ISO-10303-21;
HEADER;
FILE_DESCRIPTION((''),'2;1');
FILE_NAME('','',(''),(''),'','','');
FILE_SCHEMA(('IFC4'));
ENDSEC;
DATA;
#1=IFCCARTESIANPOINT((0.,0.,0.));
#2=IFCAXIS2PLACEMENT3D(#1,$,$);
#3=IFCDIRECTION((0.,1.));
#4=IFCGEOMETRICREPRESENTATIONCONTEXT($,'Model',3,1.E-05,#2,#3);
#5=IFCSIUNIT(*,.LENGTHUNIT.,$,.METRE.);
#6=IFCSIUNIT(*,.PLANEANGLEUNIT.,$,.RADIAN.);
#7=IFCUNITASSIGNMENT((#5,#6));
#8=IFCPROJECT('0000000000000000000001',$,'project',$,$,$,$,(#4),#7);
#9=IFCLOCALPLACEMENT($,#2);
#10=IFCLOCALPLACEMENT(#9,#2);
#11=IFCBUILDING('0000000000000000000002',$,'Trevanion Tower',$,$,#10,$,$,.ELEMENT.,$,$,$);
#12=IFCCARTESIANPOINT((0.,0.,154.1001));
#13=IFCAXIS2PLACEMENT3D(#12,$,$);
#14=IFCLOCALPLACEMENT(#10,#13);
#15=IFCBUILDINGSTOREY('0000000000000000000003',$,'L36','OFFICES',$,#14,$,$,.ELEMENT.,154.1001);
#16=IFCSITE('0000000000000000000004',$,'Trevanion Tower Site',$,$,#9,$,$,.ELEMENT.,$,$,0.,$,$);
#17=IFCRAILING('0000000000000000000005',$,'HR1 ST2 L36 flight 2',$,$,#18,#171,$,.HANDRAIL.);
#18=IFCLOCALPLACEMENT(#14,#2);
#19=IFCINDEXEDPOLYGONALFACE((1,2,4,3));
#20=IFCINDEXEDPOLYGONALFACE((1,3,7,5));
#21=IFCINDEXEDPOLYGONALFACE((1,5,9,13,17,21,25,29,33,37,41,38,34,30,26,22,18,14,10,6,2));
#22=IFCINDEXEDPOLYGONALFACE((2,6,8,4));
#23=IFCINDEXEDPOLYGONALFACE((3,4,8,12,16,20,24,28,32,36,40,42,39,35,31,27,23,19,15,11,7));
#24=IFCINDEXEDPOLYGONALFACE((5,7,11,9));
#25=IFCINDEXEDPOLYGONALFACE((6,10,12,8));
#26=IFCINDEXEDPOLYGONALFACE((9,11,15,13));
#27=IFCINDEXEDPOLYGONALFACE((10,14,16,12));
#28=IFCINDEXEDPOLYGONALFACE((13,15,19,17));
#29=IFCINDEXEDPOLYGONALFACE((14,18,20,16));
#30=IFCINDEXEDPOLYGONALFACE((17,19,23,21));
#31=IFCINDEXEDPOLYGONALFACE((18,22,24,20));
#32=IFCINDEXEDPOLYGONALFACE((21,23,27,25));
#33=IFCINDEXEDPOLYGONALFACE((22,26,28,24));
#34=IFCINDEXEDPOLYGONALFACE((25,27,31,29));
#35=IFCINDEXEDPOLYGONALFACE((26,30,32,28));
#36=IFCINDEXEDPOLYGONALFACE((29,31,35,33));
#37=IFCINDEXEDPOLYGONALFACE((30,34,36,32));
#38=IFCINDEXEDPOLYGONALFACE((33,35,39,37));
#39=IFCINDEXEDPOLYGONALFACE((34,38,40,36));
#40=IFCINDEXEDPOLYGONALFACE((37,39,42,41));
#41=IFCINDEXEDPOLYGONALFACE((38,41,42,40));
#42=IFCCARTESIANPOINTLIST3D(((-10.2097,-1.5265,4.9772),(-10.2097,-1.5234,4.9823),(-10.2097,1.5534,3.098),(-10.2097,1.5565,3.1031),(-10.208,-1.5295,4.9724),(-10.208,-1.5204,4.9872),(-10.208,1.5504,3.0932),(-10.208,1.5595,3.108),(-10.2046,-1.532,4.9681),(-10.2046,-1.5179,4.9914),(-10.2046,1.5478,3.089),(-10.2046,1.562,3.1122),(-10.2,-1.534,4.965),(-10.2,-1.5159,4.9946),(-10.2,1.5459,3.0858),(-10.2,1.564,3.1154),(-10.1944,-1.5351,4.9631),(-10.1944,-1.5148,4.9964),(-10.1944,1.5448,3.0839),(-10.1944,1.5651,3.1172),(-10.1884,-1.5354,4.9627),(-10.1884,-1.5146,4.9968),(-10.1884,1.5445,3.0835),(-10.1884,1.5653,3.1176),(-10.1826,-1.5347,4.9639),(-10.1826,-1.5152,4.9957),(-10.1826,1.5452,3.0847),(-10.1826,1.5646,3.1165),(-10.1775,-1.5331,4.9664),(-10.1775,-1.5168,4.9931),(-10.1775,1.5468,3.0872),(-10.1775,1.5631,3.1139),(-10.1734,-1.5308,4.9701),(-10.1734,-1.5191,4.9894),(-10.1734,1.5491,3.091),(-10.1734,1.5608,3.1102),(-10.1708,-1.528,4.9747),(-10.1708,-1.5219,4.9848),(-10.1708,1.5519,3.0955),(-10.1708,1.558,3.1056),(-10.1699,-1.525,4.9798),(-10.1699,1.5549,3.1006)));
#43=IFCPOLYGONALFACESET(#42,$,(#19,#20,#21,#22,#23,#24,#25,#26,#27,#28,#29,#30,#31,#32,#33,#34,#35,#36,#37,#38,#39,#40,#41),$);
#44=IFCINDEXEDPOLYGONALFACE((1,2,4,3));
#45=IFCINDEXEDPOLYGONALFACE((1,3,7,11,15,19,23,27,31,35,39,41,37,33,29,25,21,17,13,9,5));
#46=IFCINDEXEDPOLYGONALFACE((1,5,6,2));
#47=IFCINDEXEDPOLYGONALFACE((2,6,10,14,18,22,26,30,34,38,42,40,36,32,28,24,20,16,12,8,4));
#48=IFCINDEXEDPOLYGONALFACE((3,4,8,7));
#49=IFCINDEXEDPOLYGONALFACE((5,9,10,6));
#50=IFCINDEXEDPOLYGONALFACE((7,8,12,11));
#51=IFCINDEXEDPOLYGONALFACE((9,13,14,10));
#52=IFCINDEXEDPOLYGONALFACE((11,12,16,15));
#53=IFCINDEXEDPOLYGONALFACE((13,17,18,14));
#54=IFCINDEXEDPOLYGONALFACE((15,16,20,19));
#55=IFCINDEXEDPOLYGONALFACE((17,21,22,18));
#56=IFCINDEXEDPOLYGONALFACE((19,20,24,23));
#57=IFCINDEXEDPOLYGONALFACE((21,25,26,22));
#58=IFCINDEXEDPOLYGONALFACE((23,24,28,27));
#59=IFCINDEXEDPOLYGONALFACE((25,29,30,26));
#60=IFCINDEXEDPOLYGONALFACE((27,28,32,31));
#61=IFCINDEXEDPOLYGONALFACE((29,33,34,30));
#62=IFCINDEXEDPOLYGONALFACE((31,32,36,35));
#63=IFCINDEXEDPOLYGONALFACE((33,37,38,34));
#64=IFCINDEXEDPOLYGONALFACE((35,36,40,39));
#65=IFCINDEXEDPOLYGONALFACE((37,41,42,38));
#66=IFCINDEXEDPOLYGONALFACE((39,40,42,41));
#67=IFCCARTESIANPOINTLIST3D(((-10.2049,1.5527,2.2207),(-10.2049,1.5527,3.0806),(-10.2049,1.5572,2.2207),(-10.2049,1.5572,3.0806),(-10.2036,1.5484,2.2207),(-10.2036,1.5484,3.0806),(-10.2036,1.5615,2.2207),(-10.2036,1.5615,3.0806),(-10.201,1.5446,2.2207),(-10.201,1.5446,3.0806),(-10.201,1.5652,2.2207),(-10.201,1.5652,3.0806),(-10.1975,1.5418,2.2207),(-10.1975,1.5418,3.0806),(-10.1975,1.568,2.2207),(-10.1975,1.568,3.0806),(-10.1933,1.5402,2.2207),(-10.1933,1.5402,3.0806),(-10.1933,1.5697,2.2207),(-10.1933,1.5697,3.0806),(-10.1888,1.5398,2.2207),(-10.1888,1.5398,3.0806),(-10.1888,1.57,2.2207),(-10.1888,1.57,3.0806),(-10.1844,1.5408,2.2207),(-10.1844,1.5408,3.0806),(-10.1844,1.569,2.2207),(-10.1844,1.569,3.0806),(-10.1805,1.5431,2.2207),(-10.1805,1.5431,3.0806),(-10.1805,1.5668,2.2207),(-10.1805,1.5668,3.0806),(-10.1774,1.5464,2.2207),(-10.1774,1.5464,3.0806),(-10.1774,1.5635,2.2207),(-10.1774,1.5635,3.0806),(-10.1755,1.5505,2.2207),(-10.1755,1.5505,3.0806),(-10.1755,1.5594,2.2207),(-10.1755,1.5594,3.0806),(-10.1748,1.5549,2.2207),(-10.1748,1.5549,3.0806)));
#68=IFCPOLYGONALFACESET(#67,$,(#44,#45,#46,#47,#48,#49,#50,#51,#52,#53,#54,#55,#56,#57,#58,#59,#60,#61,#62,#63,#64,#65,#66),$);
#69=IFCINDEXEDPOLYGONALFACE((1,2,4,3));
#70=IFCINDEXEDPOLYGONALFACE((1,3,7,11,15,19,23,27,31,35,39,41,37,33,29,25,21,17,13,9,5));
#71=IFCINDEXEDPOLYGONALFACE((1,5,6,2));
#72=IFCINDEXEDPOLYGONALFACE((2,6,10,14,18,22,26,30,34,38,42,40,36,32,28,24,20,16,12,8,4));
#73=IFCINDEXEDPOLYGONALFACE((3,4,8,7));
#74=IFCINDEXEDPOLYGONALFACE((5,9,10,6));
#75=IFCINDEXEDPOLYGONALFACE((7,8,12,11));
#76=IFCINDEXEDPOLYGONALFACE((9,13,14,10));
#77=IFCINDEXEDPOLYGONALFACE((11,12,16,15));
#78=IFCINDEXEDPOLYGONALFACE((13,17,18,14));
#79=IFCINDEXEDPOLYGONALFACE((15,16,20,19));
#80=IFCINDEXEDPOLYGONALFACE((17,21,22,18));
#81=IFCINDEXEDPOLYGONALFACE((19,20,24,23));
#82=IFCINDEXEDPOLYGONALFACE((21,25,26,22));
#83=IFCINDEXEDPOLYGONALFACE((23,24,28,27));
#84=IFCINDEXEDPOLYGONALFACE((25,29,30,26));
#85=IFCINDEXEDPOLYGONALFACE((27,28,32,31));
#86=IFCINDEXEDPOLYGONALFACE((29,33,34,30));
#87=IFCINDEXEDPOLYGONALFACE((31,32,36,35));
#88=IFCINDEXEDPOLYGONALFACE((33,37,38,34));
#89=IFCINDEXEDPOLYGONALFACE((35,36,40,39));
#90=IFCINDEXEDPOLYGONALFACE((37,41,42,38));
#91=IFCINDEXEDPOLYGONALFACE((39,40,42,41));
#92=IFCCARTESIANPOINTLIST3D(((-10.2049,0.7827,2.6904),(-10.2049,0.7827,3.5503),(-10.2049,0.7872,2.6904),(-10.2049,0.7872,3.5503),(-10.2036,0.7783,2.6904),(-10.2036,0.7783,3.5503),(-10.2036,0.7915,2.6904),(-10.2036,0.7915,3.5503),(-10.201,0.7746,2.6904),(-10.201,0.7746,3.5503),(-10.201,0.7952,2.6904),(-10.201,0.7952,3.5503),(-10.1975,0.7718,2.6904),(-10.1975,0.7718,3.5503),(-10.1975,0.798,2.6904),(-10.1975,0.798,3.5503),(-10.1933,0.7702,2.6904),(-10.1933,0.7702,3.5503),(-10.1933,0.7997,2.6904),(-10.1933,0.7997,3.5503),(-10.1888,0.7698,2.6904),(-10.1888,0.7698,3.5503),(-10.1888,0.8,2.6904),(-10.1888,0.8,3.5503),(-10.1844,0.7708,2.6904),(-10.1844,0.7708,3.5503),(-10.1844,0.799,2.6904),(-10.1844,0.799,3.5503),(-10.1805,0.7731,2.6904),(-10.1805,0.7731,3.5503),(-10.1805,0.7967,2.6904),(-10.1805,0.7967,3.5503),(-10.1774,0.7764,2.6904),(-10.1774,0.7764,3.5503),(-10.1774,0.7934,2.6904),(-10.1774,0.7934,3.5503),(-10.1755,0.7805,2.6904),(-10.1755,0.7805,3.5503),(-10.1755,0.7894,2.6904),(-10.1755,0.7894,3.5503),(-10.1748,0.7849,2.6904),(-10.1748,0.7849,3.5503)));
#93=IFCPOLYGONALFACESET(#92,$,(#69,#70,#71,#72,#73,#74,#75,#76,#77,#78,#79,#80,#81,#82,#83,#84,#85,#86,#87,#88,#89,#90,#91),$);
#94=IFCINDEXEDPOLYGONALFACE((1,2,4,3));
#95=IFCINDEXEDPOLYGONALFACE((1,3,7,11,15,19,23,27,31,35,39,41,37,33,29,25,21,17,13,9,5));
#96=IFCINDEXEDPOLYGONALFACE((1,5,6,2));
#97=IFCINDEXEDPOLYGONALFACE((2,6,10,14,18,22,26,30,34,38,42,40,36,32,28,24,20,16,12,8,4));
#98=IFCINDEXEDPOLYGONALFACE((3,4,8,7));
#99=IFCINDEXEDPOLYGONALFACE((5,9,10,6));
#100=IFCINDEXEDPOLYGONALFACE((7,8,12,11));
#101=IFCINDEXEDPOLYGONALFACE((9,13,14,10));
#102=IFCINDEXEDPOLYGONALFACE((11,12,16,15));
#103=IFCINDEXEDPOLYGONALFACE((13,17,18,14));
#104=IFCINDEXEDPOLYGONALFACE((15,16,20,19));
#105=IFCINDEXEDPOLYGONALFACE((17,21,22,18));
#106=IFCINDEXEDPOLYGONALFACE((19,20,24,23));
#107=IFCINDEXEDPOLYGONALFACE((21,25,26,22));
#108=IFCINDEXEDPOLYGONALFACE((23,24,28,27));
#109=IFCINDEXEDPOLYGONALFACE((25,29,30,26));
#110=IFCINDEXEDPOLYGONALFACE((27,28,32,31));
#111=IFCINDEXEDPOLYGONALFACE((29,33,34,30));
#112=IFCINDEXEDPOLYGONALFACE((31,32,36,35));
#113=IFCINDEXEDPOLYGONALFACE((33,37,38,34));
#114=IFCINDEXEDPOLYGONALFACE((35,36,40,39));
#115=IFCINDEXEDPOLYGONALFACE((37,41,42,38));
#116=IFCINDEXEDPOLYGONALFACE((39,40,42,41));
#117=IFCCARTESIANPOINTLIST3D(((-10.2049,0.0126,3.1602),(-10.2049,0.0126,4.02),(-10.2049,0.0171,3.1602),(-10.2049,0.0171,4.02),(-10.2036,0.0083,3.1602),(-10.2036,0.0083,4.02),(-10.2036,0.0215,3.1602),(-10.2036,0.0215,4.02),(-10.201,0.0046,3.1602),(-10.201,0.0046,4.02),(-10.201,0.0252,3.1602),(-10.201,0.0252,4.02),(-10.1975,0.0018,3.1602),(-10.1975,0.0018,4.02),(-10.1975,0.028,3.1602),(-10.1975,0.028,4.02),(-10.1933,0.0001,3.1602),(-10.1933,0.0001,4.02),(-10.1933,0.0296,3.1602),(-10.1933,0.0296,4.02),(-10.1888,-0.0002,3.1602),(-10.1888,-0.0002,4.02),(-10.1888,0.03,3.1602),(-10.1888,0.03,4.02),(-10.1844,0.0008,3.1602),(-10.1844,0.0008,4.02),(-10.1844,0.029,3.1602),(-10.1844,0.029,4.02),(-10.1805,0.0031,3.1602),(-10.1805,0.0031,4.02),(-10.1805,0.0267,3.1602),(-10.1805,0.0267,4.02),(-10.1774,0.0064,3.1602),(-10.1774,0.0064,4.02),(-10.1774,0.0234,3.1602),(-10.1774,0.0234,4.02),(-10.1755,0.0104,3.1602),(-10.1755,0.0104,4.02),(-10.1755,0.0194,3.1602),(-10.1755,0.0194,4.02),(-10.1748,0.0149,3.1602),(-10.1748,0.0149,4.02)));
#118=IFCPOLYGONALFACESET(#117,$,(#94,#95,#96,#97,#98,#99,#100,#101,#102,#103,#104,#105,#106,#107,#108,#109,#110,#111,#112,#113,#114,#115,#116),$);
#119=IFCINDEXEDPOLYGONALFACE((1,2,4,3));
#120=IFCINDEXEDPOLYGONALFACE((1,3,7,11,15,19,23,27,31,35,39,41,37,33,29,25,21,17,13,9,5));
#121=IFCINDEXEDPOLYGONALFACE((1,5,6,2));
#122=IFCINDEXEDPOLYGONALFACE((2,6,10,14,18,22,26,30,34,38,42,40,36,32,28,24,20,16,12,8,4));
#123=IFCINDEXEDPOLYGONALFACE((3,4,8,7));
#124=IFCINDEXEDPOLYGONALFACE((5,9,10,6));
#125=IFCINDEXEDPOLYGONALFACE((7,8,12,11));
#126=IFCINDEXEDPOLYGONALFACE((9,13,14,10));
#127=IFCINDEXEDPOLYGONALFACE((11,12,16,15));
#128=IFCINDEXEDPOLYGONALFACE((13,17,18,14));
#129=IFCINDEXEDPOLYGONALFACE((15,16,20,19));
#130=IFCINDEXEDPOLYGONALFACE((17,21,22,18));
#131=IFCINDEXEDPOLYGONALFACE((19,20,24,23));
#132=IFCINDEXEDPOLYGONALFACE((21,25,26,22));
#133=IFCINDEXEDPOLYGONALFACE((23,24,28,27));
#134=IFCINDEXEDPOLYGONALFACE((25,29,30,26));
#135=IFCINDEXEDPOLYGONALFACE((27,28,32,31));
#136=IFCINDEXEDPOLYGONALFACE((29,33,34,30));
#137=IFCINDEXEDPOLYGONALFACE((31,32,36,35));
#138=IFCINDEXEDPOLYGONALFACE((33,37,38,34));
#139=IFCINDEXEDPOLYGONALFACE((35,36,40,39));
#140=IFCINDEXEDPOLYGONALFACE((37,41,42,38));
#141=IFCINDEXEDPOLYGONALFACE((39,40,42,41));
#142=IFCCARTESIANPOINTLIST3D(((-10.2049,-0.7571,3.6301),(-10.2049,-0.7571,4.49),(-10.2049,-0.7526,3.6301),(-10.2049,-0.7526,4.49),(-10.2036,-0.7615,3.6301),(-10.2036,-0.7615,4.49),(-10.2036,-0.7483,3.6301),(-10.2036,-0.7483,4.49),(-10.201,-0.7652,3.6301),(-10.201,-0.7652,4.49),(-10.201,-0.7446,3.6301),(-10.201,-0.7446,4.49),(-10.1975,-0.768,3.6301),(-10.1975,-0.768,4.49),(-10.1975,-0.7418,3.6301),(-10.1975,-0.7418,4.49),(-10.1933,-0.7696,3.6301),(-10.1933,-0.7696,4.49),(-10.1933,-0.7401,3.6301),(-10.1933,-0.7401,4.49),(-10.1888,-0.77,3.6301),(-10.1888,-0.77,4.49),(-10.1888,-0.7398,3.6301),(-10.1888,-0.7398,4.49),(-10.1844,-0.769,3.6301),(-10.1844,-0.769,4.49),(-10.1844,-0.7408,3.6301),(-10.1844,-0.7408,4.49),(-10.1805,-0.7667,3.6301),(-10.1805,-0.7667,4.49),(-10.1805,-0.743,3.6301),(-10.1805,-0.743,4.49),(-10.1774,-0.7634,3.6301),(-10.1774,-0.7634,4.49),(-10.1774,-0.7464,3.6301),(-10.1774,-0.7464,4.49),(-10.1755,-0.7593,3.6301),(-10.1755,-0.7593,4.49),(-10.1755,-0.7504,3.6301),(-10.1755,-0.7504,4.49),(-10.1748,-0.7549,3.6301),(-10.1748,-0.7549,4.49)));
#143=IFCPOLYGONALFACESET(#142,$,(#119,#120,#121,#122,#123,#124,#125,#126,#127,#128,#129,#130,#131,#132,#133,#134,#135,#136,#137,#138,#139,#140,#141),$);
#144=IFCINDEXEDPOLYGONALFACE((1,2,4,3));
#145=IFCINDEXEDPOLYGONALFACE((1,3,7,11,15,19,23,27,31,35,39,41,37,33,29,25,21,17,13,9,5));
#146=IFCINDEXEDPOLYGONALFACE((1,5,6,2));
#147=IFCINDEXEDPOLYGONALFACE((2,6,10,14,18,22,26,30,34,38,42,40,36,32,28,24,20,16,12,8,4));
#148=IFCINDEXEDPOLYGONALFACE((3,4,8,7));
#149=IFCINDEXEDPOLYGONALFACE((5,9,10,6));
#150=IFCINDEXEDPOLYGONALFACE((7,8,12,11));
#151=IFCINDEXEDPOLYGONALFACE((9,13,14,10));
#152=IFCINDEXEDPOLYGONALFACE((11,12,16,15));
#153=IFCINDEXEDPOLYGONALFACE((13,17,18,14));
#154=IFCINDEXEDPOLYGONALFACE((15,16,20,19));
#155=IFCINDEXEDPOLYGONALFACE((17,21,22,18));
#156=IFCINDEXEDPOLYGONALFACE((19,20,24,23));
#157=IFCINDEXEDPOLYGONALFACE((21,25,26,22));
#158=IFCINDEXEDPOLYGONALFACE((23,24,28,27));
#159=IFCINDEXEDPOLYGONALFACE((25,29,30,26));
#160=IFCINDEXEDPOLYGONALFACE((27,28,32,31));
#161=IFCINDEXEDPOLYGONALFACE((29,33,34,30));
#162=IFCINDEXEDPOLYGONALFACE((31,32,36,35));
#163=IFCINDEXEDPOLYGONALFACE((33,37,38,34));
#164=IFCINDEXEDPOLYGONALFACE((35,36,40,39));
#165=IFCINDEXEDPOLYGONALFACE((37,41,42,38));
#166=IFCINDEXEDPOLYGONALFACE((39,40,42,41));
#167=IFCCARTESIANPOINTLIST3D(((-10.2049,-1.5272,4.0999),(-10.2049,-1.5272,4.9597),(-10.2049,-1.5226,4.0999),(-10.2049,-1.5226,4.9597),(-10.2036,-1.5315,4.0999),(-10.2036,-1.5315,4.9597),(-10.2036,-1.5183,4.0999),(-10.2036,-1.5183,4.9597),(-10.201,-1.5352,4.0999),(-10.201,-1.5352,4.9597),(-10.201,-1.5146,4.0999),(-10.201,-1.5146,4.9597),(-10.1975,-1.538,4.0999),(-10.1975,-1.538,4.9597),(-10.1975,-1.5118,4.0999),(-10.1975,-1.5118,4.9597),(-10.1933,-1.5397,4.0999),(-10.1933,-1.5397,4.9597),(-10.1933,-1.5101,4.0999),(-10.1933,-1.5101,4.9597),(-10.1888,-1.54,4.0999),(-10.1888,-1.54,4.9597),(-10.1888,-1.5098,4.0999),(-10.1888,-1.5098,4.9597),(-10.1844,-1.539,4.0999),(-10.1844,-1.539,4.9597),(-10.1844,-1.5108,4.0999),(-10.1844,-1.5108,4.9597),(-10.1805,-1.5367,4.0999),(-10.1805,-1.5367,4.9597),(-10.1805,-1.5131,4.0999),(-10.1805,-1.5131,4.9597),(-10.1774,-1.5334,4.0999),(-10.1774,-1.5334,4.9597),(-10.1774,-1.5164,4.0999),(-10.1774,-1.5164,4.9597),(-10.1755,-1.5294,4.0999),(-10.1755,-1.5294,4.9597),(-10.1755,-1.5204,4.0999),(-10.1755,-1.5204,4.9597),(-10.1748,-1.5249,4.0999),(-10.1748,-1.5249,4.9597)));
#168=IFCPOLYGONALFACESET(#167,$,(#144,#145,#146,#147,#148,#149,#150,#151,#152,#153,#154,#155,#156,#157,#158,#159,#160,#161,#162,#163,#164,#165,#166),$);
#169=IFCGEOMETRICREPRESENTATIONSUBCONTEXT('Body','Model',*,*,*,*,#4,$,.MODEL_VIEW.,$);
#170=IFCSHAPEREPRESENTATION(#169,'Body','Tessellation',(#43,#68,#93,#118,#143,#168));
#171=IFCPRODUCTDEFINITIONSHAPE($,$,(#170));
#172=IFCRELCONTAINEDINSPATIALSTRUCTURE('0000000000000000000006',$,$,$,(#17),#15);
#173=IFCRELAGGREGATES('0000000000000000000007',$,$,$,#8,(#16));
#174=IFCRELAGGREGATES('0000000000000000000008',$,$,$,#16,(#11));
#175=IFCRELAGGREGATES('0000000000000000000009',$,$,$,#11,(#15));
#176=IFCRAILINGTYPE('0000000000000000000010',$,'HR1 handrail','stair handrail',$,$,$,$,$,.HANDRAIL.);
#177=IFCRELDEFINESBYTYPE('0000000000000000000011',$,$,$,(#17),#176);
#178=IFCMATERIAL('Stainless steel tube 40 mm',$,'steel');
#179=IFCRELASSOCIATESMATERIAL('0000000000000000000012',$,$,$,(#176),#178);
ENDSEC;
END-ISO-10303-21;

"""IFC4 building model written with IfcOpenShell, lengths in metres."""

from ifc_helpers import new_model, si_unit, direction, frame, origin, origin_2d, place, context, subcontext, project, spatial, circle, extrude, material, type_object, element, save


model = new_model("IFC4")

# Units and contexts
model_context = context("Model", 3, precision=1e-05, world=origin(), true_north=direction((0.0, 1.0)))
body_context = subcontext(model_context, "Body", "Model", "MODEL_VIEW")
ifc_project = project(units=[si_unit("LENGTHUNIT", "METRE"), si_unit("PLANEANGLEUNIT", "RADIAN")], contexts=[model_context])

# Site, building, storey
site_placement = place(None, origin())
site = spatial("IfcSite", under=ifc_project, at=site_placement, Name="Trevanion Tower Site", CompositionType="ELEMENT", RefElevation=0.0)
building_placement = place(site_placement, origin())
building = spatial("IfcBuilding", under=site, at=building_placement, Name="Trevanion Tower", CompositionType="ELEMENT")
storey_placement = place(building_placement, frame((0.0, 0.0, 154.1001)))
storey = spatial("IfcBuildingStorey", under=building, at=storey_placement, Name="L36", Description="OFFICES", CompositionType="ELEMENT", Elevation=154.1001)

# Railing
ifc_material_1 = material(Name="Stainless steel tube 40 mm", Category="steel")
railing_type = type_object("IfcRailingType", Name="HR1 handrail", Description="stair handrail", PredefinedType="HANDRAIL", material=ifc_material_1)
for number, where, name in (
    (1, (-10.1899, 1.5549, 2.2207), "HR1 ST2 L36 flight 2"),
):
    element("IfcRailing", number, at=place(storey_placement, frame(where)), inside=storey, type_object=railing_type, Name=name, PredefinedType="HANDRAIL", context=body_context, shape_type="SweptSolid", body=[
        extrude(circle(Radius=0.02, at=origin_2d()), frame((0.0, 0.0, 0.8799), z_axis=(0.0, -0.853648, 0.52085), x_axis=(1.0, 0.0, 0.0)), (0.0, 0.0, 1.0), 3.6079),
        extrude(circle(Radius=0.0151, at=origin_2d()), origin(), (0.0, 0.0, 1.0), 0.8599),
        extrude(circle(Radius=0.0151, at=origin_2d()), frame((0.0, -0.77, 0.4697)), (0.0, 0.0, 1.0), 0.8599),
        extrude(circle(Radius=0.0151, at=origin_2d()), frame((0.0, -1.54, 0.9395)), (0.0, 0.0, 1.0), 0.8599),
        extrude(circle(Radius=0.0151, at=origin_2d()), frame((0.0, -2.3098, 1.4094)), (0.0, 0.0, 1.0), 0.8599),
        extrude(circle(Radius=0.0151, at=origin_2d()), frame((0.0, -3.0798, 1.8792)), (0.0, 0.0, 1.0), 0.8599),
    ])

save(model, "model.ifc")
